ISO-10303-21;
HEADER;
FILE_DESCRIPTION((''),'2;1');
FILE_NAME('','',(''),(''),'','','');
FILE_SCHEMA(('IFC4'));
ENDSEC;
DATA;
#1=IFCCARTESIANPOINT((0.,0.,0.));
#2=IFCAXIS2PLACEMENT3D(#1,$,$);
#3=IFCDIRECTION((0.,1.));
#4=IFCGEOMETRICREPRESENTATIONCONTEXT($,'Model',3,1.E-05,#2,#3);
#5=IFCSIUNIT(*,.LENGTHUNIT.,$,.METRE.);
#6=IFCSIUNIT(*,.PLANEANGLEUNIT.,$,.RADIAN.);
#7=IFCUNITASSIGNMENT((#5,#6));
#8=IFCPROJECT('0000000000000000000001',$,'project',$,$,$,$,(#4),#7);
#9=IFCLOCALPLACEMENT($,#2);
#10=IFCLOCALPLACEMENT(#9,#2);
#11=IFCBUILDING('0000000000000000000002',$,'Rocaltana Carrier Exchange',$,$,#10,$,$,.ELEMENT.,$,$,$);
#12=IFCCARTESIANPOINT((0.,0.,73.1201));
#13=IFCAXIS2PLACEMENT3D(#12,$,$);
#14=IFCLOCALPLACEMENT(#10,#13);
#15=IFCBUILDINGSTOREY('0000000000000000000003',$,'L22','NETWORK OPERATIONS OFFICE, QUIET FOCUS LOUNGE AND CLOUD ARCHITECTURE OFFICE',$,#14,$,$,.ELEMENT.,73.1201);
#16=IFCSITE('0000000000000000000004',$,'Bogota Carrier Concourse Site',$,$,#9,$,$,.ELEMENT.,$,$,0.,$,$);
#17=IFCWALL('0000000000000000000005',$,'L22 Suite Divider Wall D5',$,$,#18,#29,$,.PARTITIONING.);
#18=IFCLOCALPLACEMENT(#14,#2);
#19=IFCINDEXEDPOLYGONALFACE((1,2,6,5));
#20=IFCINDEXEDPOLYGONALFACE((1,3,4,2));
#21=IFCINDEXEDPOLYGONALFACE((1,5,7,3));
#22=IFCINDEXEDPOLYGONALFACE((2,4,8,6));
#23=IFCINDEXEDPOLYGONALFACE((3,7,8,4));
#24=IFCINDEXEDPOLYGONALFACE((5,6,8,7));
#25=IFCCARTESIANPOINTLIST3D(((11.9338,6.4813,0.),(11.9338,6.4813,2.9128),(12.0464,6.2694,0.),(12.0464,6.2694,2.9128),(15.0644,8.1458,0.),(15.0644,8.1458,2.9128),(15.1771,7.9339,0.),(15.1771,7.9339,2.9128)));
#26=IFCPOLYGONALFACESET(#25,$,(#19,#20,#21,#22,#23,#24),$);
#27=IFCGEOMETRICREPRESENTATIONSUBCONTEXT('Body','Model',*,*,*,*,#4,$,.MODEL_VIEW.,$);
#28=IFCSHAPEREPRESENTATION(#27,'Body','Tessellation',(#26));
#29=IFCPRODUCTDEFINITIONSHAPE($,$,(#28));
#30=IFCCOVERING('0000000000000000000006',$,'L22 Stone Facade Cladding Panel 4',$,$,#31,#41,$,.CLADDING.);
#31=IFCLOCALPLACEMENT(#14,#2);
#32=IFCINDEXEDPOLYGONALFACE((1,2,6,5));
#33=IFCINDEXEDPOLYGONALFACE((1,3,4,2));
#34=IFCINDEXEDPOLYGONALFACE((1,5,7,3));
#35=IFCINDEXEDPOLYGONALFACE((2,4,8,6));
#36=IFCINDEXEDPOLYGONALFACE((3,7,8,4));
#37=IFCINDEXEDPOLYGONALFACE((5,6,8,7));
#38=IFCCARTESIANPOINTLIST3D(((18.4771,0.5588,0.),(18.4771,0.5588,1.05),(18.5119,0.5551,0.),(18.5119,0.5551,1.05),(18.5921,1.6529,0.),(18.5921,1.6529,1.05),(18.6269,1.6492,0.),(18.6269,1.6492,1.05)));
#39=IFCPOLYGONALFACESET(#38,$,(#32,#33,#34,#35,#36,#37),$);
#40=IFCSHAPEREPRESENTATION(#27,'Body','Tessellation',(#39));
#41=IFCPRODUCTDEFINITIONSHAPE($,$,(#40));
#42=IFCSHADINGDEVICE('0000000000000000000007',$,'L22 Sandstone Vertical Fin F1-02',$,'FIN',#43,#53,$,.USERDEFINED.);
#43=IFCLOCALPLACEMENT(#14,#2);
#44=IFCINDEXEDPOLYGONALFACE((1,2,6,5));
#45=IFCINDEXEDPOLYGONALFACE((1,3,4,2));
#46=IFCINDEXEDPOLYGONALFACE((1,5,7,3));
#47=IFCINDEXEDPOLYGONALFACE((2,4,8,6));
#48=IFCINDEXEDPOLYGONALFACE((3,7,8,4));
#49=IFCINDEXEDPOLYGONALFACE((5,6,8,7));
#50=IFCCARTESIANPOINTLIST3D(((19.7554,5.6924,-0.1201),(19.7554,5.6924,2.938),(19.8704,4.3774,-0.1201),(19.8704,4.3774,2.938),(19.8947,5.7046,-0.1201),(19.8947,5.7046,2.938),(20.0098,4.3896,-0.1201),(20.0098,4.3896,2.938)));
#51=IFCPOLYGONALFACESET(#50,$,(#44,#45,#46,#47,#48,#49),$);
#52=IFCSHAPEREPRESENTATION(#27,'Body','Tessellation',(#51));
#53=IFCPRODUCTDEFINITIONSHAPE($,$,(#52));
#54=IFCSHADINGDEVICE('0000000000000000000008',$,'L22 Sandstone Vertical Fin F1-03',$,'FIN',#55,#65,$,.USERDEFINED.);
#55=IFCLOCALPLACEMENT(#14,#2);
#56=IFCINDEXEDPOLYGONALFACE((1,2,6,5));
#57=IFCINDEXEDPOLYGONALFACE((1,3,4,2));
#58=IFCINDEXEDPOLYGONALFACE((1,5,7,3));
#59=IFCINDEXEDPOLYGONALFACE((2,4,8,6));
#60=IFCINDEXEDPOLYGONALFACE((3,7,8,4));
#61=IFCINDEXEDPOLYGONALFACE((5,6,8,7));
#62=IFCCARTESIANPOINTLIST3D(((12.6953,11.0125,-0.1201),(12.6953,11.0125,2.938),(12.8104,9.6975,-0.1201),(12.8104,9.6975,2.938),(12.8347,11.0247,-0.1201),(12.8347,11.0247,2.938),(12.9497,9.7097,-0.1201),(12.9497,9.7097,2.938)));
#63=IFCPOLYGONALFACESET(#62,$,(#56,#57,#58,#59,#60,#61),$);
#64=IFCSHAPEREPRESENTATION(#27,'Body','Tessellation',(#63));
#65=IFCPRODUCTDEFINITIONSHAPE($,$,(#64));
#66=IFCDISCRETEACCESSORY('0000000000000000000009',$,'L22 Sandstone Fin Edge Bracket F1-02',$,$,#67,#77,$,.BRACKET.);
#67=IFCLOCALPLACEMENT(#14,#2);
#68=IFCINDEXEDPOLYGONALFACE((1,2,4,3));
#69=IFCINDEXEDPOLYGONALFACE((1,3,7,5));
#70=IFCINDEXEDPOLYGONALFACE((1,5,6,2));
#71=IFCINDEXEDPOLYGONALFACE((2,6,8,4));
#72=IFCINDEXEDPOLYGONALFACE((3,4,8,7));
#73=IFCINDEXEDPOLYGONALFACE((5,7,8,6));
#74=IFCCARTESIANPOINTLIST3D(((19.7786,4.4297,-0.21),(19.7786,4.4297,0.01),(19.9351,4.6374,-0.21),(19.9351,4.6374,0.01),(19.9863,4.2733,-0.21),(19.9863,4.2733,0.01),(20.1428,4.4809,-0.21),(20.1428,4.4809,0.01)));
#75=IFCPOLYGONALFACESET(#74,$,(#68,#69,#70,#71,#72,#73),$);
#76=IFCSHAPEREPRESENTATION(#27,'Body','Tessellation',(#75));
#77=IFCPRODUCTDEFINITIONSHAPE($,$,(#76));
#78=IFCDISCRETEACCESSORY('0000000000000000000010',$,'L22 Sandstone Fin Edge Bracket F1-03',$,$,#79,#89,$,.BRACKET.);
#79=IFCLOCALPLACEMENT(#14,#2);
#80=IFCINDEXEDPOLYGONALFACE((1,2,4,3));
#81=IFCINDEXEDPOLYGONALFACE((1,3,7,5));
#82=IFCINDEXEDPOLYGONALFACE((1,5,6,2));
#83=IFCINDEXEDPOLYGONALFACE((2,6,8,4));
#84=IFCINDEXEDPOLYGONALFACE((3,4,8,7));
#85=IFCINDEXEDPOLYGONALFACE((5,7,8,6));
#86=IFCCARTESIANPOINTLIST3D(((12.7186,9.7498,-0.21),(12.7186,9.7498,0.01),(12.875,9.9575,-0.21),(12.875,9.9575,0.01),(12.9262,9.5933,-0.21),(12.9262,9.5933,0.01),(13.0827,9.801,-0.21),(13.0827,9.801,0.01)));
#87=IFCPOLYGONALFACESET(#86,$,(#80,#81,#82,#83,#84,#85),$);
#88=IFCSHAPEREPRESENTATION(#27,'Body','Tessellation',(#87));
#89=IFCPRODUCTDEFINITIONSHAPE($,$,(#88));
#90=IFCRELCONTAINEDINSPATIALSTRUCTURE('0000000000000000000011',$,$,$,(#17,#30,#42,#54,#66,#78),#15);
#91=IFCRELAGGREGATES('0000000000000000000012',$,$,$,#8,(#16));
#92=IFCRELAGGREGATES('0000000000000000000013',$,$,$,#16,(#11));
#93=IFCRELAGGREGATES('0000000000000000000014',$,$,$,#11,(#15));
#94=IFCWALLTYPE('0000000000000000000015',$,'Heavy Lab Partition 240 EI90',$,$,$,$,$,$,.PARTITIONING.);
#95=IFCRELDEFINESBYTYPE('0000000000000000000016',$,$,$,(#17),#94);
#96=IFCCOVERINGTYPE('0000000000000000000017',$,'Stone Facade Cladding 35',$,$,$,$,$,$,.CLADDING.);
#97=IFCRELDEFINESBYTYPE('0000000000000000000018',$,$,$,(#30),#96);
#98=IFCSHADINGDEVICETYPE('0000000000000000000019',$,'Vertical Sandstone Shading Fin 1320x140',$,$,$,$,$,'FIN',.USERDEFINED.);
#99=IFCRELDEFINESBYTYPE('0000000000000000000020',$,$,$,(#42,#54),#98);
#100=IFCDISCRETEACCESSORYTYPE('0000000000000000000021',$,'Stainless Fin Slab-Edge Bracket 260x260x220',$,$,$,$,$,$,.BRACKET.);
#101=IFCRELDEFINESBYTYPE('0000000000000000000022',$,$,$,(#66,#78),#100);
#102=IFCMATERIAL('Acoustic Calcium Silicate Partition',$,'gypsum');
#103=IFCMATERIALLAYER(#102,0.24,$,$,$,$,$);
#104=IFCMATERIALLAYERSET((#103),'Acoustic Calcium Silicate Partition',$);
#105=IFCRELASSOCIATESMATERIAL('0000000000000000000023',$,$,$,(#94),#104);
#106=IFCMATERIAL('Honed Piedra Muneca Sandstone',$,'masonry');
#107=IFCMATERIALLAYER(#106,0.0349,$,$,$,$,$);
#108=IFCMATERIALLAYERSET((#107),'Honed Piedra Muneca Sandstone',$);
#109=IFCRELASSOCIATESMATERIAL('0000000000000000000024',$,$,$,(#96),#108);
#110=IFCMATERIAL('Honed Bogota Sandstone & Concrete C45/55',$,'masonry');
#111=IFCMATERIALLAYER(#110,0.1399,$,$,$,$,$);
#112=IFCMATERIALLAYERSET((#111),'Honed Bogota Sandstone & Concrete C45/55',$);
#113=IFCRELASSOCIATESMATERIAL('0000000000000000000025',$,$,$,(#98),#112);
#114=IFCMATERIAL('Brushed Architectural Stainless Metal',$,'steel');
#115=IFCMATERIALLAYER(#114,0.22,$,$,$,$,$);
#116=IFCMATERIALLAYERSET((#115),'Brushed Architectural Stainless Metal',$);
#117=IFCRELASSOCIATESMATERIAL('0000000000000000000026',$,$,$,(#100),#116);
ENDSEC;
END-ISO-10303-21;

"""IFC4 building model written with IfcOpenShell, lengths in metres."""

from ifc_helpers import new_model, si_unit, direction, frame, frame_2d, origin, origin_2d, place, context, subcontext, project, spatial, rectangle, extrude, material, layer, layer_set, type_object, element, save


model = new_model("IFC4")

# Units and contexts
model_context = context("Model", 3, precision=1e-05, world=origin(), true_north=direction((0.0, 1.0)))
body_context = subcontext(model_context, "Body", "Model", "MODEL_VIEW")
ifc_project = project(units=[si_unit("LENGTHUNIT", "METRE"), si_unit("PLANEANGLEUNIT", "RADIAN")], contexts=[model_context])

# Site, building, storey
site_placement = place(None, origin())
site = spatial("IfcSite", under=ifc_project, at=site_placement, Name="Bogota Carrier Concourse Site", CompositionType="ELEMENT", RefElevation=0.0)
building_placement = place(site_placement, origin())
building = spatial("IfcBuilding", under=site, at=building_placement, Name="Rocaltana Carrier Exchange", CompositionType="ELEMENT")
storey_placement = place(building_placement, frame((0.0, 0.0, 73.1201)))
storey = spatial("IfcBuildingStorey", under=building, at=storey_placement, Name="L22", Description="NETWORK OPERATIONS OFFICE, QUIET FOCUS LOUNGE AND CLOUD ARCHITECTURE OFFICE", CompositionType="ELEMENT", Elevation=73.1201)

# Wall
ifc_material_1 = material(Name="Acoustic Calcium Silicate Partition", Category="gypsum")
ifc_layer_1 = layer(ifc_material_1, 0.24)
ifc_layer_set_1 = layer_set([ifc_layer_1], Name="Acoustic Calcium Silicate Partition")
wall_type_1 = type_object("IfcWallType", Name="Heavy Lab Partition 240 EI90", PredefinedType="PARTITIONING", material=ifc_layer_set_1)
wall_1_placement = place(storey_placement, frame((11.99, 6.3752, 0.0), z_axis=(0.0, 0.0, 1.0), x_axis=(0.882951, 0.469466, 0.0)))
element("IfcWall", 1, at=wall_1_placement, inside=storey, type_object=wall_type_1, Name="L22 Suite Divider Wall D5", PredefinedType="PARTITIONING", context=body_context, shape_type="SweptSolid", body=[
    extrude(rectangle(XDim=3.5457, YDim=0.24, at=frame_2d((1.7729, 0.0))), origin(), (0.0, 0.0, 1.0), 2.9128),
])

# Covering
ifc_material_2 = material(Name="Honed Piedra Muneca Sandstone", Category="masonry")
ifc_layer_2 = layer(ifc_material_2, 0.0349)
ifc_layer_set_2 = layer_set([ifc_layer_2], Name="Honed Piedra Muneca Sandstone")
covering_type = type_object("IfcCoveringType", Name="Stone Facade Cladding 35", PredefinedType="CLADDING", material=ifc_layer_set_2)
covering_placement = place(storey_placement, frame((18.552, 1.104, 0.0), z_axis=(0.0, 0.0, 1.0), x_axis=(0.104528, 0.994522, 0.0)))
element("IfcCovering", 2, at=covering_placement, inside=storey, type_object=covering_type, Name="L22 Stone Facade Cladding Panel 4", PredefinedType="CLADDING", context=body_context, shape_type="SweptSolid", body=[
    extrude(rectangle(XDim=1.1001, YDim=0.0349, at=origin_2d()), origin(), (0.0, 0.0, 1.0), 1.05),
])

# Shading devices
ifc_material_3 = material(Name="Honed Bogota Sandstone & Concrete C45/55", Category="masonry")
ifc_layer_3 = layer(ifc_material_3, 0.1399)
ifc_layer_set_3 = layer_set([ifc_layer_3], Name="Honed Bogota Sandstone & Concrete C45/55")
shading_device_type = type_object("IfcShadingDeviceType", Name="Vertical Sandstone Shading Fin 1320x140", ElementType="FIN", PredefinedType="USERDEFINED", material=ifc_layer_set_3)
for number, where, z_axis, x_axis, name in (
    (3, (19.8826, 5.041, -0.1201), (0.0, 0.0, 1.0), (-0.087156, 0.996195, 0.0), "L22 Sandstone Vertical Fin F1-02"),
    (4, (12.8225, 10.3611, -0.1201), (0.0, 0.0, 1.0), (-0.087156, 0.996195, 0.0), "L22 Sandstone Vertical Fin F1-03"),
):
    element("IfcShadingDevice", number, at=place(storey_placement, frame(where, z_axis=z_axis, x_axis=x_axis)), inside=storey, type_object=shading_device_type, Name=name, ObjectType="FIN", PredefinedType="USERDEFINED", context=body_context, shape_type="SweptSolid", body=[
        extrude(rectangle(XDim=1.3201, YDim=0.1399, at=origin_2d()), origin(), (0.0, 0.0, 1.0), 3.0581),
    ])

# Discrete accessories
ifc_material_4 = material(Name="Brushed Architectural Stainless Metal", Category="steel")
ifc_layer_4 = layer(ifc_material_4, 0.22)
ifc_layer_set_4 = layer_set([ifc_layer_4], Name="Brushed Architectural Stainless Metal")
discrete_accessory_type = type_object("IfcDiscreteAccessoryType", Name="Stainless Fin Slab-Edge Bracket 260x260x220", PredefinedType="BRACKET", material=ifc_layer_set_4)
for number, where, z_axis, x_axis, name in (
    (5, (19.9607, 4.4553, -0.21), (0.0, 0.0, 1.0), (-0.798636, 0.601815, 0.0), "L22 Sandstone Fin Edge Bracket F1-02"),
    (6, (12.9006, 9.7754, -0.21), (0.0, 0.0, 1.0), (-0.798636, 0.601815, 0.0), "L22 Sandstone Fin Edge Bracket F1-03"),
):
    element("IfcDiscreteAccessory", number, at=place(storey_placement, frame(where, z_axis=z_axis, x_axis=x_axis)), inside=storey, type_object=discrete_accessory_type, Name=name, PredefinedType="BRACKET", context=body_context, shape_type="SweptSolid", body=[
        extrude(rectangle(XDim=0.26, YDim=0.26, at=origin_2d()), origin(), (0.0, 0.0, 1.0), 0.22),
    ])

save(model, "model.ifc")
